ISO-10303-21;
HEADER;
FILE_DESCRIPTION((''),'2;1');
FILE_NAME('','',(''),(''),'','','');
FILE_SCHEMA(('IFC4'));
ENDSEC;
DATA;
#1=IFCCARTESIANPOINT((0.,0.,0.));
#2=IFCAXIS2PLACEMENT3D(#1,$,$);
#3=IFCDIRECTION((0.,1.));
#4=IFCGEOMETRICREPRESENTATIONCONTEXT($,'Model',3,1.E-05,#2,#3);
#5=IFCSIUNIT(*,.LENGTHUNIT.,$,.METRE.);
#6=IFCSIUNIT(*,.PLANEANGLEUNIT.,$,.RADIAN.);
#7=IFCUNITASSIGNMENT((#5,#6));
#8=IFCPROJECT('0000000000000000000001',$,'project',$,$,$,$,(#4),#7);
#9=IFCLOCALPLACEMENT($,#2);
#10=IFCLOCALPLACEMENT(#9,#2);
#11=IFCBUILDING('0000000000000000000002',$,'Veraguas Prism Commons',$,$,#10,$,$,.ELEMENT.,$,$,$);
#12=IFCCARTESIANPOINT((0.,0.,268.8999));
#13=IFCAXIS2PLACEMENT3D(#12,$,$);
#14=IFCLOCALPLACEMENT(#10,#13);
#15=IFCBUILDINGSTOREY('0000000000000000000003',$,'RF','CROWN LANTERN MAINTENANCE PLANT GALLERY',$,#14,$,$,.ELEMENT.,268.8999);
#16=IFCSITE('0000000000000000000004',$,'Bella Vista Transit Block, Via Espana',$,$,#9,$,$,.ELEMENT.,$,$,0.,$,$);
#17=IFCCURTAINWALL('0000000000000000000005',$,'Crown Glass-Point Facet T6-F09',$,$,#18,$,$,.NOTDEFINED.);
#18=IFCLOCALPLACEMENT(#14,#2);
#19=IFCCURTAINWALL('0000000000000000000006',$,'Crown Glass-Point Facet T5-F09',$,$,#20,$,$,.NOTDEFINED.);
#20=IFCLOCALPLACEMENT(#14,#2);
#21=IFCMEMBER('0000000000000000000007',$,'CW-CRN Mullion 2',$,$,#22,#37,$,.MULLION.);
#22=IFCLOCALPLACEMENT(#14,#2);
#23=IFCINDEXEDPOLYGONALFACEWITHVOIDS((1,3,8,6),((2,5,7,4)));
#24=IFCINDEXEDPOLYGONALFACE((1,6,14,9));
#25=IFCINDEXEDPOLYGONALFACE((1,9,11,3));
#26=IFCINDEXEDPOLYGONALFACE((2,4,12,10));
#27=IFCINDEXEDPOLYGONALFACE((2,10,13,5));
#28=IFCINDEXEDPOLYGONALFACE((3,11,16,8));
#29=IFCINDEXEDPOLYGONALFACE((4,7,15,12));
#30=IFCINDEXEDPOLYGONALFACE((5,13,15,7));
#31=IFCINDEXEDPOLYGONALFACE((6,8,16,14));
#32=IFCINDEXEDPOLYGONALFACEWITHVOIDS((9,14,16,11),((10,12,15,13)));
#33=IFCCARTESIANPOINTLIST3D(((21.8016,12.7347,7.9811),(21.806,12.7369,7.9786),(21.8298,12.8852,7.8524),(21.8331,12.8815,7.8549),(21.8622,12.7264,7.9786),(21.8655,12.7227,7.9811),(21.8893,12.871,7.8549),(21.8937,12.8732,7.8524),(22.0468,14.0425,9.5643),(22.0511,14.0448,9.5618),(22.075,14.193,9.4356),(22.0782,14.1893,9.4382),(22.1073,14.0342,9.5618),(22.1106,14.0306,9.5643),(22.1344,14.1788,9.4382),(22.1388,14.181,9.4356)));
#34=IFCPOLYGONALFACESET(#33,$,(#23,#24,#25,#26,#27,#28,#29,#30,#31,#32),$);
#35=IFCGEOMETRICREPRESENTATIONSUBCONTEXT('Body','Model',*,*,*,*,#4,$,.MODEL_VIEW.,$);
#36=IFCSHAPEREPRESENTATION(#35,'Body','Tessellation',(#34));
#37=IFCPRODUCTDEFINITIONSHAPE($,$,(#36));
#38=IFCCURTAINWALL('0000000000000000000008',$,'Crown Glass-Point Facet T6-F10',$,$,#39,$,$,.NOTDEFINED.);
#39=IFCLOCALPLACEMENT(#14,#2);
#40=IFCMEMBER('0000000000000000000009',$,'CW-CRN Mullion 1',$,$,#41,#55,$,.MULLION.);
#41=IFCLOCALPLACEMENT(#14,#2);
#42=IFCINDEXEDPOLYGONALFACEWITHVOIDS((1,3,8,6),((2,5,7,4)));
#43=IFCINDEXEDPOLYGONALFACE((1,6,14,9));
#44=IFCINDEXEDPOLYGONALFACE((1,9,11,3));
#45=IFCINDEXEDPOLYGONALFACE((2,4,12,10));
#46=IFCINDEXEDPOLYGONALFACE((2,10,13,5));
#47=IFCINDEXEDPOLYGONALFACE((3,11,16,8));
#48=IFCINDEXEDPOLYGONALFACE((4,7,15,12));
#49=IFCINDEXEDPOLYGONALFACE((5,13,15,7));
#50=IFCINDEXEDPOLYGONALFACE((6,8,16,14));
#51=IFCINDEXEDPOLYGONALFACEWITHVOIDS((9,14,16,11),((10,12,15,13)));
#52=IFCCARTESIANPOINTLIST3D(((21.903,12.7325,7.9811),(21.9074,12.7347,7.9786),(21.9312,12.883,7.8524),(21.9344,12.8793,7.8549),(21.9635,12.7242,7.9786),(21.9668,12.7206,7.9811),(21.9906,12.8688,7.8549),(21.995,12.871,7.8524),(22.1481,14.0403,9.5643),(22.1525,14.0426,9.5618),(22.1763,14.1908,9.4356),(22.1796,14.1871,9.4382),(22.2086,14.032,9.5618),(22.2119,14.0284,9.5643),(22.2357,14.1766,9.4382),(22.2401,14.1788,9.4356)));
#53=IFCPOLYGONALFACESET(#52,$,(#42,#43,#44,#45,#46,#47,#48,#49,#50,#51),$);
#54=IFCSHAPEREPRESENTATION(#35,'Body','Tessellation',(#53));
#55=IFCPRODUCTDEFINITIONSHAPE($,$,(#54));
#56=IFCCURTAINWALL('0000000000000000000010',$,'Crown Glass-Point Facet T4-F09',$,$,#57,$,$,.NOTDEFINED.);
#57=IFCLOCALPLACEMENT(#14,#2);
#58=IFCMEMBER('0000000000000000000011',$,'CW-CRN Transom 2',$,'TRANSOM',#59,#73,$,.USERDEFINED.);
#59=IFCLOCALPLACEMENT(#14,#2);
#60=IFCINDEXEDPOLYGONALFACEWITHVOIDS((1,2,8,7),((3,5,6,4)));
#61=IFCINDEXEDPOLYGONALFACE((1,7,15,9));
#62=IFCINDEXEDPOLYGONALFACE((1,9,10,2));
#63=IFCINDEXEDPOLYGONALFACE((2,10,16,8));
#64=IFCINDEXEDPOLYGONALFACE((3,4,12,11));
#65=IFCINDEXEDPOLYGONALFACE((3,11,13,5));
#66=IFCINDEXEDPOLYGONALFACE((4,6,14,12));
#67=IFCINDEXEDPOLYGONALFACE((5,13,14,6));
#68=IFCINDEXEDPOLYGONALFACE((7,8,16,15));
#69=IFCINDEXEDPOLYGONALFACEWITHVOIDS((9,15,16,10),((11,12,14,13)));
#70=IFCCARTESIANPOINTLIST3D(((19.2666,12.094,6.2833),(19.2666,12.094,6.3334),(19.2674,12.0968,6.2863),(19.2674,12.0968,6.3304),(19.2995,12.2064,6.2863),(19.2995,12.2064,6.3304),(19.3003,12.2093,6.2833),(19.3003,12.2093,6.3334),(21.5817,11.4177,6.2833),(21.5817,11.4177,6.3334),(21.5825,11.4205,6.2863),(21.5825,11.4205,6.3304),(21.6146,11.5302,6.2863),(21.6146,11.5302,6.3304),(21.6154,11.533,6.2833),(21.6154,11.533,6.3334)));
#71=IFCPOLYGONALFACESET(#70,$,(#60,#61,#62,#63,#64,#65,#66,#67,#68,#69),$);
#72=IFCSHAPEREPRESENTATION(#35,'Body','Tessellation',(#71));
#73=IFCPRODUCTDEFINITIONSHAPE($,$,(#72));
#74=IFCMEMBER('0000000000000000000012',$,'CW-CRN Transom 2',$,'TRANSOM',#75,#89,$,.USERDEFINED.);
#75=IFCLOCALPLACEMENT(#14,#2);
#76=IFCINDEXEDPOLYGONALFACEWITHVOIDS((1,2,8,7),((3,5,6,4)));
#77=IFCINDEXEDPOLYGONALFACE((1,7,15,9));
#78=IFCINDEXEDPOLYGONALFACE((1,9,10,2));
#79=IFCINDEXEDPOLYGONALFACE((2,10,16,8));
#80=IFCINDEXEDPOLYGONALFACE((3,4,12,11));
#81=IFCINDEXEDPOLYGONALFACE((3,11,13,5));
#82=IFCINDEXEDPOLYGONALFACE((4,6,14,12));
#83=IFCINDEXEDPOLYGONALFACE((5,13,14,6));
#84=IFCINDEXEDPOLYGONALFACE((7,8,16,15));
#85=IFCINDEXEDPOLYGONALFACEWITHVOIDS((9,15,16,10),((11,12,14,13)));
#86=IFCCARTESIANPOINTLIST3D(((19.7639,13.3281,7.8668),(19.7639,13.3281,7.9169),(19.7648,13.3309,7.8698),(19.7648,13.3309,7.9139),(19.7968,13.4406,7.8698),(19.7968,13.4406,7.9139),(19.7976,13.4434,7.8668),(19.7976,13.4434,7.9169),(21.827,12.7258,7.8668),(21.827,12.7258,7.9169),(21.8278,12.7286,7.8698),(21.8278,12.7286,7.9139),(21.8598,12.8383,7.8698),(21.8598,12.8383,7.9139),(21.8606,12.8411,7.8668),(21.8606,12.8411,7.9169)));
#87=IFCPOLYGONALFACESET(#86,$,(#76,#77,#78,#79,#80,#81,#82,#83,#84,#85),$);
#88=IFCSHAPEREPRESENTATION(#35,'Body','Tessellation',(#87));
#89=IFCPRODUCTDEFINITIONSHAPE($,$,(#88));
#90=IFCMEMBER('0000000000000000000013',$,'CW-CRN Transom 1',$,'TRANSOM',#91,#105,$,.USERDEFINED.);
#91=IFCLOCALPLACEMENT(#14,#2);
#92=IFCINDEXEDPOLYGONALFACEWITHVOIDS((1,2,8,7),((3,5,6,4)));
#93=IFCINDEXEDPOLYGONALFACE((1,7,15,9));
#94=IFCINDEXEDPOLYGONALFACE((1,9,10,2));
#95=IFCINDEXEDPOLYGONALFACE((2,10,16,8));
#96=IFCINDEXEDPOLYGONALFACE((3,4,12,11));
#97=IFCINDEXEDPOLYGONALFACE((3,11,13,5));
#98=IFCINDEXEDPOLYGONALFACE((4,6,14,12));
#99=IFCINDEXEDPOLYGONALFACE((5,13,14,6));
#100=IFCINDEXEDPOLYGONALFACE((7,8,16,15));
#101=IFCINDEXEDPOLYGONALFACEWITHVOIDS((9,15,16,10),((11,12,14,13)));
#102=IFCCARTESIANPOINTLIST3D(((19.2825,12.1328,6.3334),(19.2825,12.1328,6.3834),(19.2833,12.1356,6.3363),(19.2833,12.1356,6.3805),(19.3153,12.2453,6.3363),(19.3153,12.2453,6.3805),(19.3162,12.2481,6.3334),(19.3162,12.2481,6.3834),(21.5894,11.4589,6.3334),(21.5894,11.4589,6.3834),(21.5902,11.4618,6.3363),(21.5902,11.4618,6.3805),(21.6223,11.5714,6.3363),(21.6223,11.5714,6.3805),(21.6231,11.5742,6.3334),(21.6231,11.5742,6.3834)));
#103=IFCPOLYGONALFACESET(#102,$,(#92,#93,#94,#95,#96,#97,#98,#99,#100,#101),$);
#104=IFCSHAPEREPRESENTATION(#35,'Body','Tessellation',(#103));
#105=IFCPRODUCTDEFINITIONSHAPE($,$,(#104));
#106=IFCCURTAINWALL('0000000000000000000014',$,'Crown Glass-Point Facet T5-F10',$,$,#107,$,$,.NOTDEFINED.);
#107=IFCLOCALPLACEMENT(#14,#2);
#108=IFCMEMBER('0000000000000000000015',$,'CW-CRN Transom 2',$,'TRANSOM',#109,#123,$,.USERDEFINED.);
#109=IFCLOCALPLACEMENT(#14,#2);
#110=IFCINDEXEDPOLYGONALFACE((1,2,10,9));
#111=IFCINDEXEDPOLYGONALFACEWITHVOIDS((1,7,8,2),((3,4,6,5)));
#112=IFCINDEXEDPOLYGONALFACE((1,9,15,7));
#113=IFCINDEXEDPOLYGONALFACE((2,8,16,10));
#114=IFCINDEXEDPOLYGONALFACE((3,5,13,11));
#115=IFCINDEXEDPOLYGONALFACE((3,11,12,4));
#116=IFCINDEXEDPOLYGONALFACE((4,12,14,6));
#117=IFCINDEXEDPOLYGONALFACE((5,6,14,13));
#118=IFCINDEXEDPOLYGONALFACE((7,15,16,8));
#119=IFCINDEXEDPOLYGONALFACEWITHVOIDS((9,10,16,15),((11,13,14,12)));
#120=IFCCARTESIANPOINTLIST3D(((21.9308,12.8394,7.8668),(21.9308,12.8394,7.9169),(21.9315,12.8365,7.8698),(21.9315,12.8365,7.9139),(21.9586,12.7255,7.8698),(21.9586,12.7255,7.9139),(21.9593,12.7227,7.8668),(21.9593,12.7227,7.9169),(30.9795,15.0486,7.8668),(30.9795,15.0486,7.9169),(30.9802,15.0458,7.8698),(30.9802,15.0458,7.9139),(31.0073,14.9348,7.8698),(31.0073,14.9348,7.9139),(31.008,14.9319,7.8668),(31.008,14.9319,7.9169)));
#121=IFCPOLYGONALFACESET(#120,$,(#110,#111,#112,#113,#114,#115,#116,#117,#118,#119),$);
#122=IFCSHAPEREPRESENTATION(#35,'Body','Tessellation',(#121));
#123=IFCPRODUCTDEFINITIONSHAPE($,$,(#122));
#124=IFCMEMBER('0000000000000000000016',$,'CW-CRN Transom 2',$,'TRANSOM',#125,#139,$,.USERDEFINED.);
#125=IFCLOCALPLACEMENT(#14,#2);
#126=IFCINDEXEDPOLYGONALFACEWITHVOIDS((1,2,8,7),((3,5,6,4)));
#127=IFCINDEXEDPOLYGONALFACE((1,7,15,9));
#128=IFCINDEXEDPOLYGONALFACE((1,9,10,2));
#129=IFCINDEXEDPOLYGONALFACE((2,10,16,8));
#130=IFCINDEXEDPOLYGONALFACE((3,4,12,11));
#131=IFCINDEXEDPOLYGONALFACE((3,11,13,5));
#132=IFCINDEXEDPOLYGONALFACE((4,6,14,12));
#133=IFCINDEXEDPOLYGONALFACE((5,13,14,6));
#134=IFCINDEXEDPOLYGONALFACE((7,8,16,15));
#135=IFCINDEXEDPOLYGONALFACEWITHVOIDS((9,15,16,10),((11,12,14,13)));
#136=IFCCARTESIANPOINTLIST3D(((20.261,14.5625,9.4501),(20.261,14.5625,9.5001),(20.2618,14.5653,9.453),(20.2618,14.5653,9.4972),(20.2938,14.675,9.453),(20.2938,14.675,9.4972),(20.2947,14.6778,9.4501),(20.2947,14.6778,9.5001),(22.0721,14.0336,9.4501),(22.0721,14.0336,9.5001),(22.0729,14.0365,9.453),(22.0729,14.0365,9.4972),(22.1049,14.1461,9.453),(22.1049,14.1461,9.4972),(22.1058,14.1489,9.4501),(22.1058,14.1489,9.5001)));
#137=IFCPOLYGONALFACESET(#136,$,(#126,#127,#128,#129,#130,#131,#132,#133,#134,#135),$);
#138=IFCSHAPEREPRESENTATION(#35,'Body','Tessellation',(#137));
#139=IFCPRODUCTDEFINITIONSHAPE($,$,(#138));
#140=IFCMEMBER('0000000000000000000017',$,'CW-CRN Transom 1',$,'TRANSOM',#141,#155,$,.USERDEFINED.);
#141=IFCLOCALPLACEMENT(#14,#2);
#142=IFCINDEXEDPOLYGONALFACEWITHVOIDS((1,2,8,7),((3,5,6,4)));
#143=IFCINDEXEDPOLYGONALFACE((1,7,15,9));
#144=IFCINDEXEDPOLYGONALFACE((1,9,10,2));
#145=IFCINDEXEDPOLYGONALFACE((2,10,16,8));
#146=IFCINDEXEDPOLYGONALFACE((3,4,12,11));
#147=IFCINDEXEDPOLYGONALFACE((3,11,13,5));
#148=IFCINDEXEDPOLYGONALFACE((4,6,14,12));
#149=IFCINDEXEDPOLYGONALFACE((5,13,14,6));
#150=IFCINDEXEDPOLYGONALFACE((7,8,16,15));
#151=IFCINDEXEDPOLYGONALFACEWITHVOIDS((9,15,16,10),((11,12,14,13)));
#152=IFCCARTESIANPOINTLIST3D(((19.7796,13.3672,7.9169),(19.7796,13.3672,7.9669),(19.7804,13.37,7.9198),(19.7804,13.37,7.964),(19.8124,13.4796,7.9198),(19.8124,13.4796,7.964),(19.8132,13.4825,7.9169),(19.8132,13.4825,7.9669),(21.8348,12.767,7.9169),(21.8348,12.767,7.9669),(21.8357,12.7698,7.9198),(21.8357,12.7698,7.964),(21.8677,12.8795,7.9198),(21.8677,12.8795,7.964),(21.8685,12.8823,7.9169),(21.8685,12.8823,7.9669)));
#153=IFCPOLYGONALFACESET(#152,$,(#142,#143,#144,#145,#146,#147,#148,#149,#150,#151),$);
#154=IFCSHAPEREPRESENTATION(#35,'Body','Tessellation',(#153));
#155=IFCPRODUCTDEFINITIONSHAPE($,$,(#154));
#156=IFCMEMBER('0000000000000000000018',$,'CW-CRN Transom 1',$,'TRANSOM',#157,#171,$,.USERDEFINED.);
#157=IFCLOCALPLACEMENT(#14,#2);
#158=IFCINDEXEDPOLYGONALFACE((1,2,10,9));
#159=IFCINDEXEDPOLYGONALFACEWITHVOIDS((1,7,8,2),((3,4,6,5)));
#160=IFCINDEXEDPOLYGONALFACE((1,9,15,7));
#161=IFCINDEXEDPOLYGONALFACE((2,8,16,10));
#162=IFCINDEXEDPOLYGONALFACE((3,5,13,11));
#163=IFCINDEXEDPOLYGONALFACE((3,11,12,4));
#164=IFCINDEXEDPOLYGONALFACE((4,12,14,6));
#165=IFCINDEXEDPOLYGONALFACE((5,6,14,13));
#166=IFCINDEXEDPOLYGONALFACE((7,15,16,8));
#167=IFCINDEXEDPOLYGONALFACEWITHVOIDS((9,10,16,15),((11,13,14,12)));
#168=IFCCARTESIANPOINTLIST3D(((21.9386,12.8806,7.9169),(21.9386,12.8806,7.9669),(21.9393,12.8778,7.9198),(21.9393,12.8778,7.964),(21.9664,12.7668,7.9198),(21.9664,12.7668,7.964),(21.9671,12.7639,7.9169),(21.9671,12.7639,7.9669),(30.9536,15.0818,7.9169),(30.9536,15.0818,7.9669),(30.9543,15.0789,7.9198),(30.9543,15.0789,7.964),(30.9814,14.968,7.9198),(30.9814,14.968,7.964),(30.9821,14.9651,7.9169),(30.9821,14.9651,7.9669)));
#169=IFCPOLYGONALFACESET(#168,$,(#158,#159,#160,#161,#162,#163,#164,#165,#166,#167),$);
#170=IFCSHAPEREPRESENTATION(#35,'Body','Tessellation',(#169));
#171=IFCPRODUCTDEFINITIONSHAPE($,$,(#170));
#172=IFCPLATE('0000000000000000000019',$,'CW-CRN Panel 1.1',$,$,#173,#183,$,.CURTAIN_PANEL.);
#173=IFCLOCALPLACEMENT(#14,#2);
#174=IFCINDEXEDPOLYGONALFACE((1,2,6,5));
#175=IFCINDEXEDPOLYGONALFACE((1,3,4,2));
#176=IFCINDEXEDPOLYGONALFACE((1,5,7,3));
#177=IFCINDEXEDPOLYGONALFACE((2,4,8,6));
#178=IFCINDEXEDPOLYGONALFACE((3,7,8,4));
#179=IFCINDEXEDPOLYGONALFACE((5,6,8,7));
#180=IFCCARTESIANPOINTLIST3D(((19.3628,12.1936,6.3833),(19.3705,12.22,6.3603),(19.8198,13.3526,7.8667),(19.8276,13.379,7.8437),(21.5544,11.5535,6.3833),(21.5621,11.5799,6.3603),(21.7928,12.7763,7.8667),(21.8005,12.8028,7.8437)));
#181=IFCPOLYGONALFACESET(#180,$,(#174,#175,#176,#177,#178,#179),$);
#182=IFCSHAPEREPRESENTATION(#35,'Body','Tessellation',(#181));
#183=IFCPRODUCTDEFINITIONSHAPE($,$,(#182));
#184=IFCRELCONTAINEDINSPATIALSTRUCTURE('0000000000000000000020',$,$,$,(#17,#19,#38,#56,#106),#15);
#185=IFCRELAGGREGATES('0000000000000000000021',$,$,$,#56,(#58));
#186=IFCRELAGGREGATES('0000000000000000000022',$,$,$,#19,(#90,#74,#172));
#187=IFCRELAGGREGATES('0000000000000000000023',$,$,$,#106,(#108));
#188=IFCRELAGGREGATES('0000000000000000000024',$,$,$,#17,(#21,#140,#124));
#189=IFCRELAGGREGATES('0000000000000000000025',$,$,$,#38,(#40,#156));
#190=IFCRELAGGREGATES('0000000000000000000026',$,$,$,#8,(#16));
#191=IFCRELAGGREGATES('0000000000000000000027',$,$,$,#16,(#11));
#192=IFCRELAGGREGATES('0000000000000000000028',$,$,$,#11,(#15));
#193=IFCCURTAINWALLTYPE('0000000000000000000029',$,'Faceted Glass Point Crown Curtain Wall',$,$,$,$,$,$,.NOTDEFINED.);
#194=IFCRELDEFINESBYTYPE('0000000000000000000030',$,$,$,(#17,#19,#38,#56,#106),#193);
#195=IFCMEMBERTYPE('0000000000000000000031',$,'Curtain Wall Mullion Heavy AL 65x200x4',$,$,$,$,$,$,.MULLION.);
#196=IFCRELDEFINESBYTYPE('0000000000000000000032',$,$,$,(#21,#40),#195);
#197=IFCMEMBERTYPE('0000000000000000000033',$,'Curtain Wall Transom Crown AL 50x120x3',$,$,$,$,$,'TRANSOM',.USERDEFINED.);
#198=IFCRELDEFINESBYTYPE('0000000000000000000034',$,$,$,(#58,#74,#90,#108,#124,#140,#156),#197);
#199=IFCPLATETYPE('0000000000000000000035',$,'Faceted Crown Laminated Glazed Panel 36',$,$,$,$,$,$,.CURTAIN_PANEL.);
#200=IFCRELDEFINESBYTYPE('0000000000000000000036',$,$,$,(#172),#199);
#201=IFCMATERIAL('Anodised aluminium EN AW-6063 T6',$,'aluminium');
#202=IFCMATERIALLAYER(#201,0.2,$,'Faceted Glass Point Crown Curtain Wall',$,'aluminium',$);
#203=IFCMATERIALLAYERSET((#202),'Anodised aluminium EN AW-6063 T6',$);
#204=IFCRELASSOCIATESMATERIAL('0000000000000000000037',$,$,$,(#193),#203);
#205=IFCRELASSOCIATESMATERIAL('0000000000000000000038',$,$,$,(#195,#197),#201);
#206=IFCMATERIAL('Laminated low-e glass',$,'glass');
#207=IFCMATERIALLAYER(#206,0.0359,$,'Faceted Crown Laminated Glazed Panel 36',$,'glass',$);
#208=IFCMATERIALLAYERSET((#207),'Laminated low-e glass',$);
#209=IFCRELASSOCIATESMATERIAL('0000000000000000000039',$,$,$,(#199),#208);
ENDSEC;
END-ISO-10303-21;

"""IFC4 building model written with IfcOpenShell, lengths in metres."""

from ifc_helpers import new_model, si_unit, direction, frame, origin, origin_2d, place, context, subcontext, project, spatial, polyline, hollow_rectangle, outline, extrude, source, transform, mapped, material, layer, layer_set, material_profile, profile_set, type_object, element, aggregate, save


model = new_model("IFC4")

# Units and contexts
model_context = context("Model", 3, precision=1e-05, world=origin(), true_north=direction((0.0, 1.0)))
body_context = subcontext(model_context, "Body", "Model", "MODEL_VIEW")
ifc_project = project(units=[si_unit("LENGTHUNIT", "METRE"), si_unit("PLANEANGLEUNIT", "RADIAN")], contexts=[model_context])

# Site, building, storey
site_placement = place(None, origin())
site = spatial("IfcSite", under=ifc_project, at=site_placement, Name="Bella Vista Transit Block, Via Espana", CompositionType="ELEMENT", RefElevation=0.0)
building_placement = place(site_placement, origin())
building = spatial("IfcBuilding", under=site, at=building_placement, Name="Veraguas Prism Commons", CompositionType="ELEMENT")
storey_placement = place(building_placement, frame((0.0, 0.0, 268.8999)))
storey = spatial("IfcBuildingStorey", under=building, at=storey_placement, Name="RF", Description="CROWN LANTERN MAINTENANCE PLANT GALLERY", CompositionType="ELEMENT", Elevation=268.8999)

# Curtain walls
ifc_material_1 = material(Name="Anodised aluminium EN AW-6063 T6", Category="aluminium")
ifc_layer_1 = layer(ifc_material_1, 0.2, Name="Faceted Glass Point Crown Curtain Wall", Category="aluminium")
ifc_layer_set_1 = layer_set([ifc_layer_1], Name="Anodised aluminium EN AW-6063 T6")
curtain_wall_type = type_object("IfcCurtainWallType", Name="Faceted Glass Point Crown Curtain Wall", PredefinedType="NOTDEFINED", material=ifc_layer_set_1)
ifc_material_profile_1 = material_profile(ifc_material_1, hollow_rectangle(XDim=0.0649, YDim=0.2, WallThickness=0.0039, at=origin_2d()), Name="AL65X200X4")
ifc_profile_set_1 = profile_set([ifc_material_profile_1], Name="Anodised aluminium EN AW-6063 T6")
member_type_1 = type_object("IfcMemberType", Name="Curtain Wall Mullion Heavy AL 65x200x4", PredefinedType="MULLION", material=ifc_profile_set_1)
curtain_wall_1_placement = place(storey_placement, origin())
curtain_wall_1 = element("IfcCurtainWall", 1, at=curtain_wall_1_placement, inside=storey, type_object=curtain_wall_type, Name="Crown Glass-Point Facet T6-F09", PredefinedType="NOTDEFINED")
shared_shape_1 = source(origin(), body_context, "Body", "SweptSolid", [
    extrude(hollow_rectangle(XDim=0.0649, YDim=0.2, WallThickness=0.0039, at=origin_2d()), origin(), (0.0, 0.0, 1.0), 2.0681),
])
curtain_wall_2_placement = place(storey_placement, origin())
curtain_wall_2 = element("IfcCurtainWall", 2, at=curtain_wall_2_placement, inside=storey, type_object=curtain_wall_type, Name="Crown Glass-Point Facet T5-F09", PredefinedType="NOTDEFINED")

# Member
member_1_placement = place(storey_placement, frame((21.8477, 12.804, 7.9167), z_axis=(0.11852, 0.63238, 0.765538), x_axis=(-0.982887, 0.184211, 0.0)))
member_1 = element("IfcMember", 3, at=member_1_placement, type_object=member_type_1, Name="CW-CRN Mullion 2", PredefinedType="MULLION", context=body_context, shape_type="MappedRepresentation", body=[
    mapped(shared_shape_1, transform((0.0, 0.0, 0.0), scale=1.0)),
])

# Curtain walls, members
curtain_wall_3_placement = place(storey_placement, origin())
curtain_wall_3 = element("IfcCurtainWall", 4, at=curtain_wall_3_placement, inside=storey, type_object=curtain_wall_type, Name="Crown Glass-Point Facet T6-F10", PredefinedType="NOTDEFINED")
member_2_placement = place(storey_placement, frame((21.949, 12.8018, 7.9167), z_axis=(0.11852, 0.63238, 0.765538), x_axis=(-0.982887, 0.184211, 0.0)))
member_2 = element("IfcMember", 5, at=member_2_placement, type_object=member_type_1, Name="CW-CRN Mullion 1", PredefinedType="MULLION", context=body_context, shape_type="MappedRepresentation", body=[
    mapped(shared_shape_1, transform((0.0, 0.0, 0.0), scale=1.0)),
])
curtain_wall_4_placement = place(storey_placement, origin())
curtain_wall_4 = element("IfcCurtainWall", 6, at=curtain_wall_4_placement, inside=storey, type_object=curtain_wall_type, Name="Crown Glass-Point Facet T4-F09", PredefinedType="NOTDEFINED")
ifc_material_profile_2 = material_profile(ifc_material_1, hollow_rectangle(XDim=0.05, YDim=0.1201, WallThickness=0.0029, at=origin_2d()), Name="AL50X120X3")
ifc_profile_set_2 = profile_set([ifc_material_profile_2], Name="Anodised aluminium EN AW-6063 T6")
member_type_2 = type_object("IfcMemberType", Name="Curtain Wall Transom Crown AL 50x120x3", ElementType="TRANSOM", PredefinedType="USERDEFINED", material=ifc_profile_set_2)
shared_shape_2 = source(origin(), body_context, "Body", "SweptSolid", [
    extrude(hollow_rectangle(XDim=0.05, YDim=0.1201, WallThickness=0.0029, at=origin_2d()), origin(), (0.0, 0.0, 1.0), 2.4119),
])
member_3_placement = place(storey_placement, frame((19.2834, 12.1516, 6.3083), z_axis=(0.959888, -0.280385, 0.0), x_axis=(0.0, 0.0, 1.0)))
member_3 = element("IfcMember", 7, at=member_3_placement, type_object=member_type_2, Name="CW-CRN Transom 2", ObjectType="TRANSOM", PredefinedType="USERDEFINED", context=body_context, shape_type="MappedRepresentation", body=[
    mapped(shared_shape_2, transform((0.0, 0.0, 0.0), scale=1.0)),
])
aggregate(curtain_wall_4, [member_3])

# Members
shared_shape_3 = source(origin(), body_context, "Body", "SweptSolid", [
    extrude(hollow_rectangle(XDim=0.05, YDim=0.1201, WallThickness=0.0029, at=origin_2d()), origin(), (0.0, 0.0, 1.0), 2.1492),
])
member_4_placement = place(storey_placement, frame((19.7808, 13.3857, 7.8918), z_axis=(0.959926, -0.280253, 0.0), x_axis=(0.0, 0.0, 1.0)))
member_4 = element("IfcMember", 8, at=member_4_placement, type_object=member_type_2, Name="CW-CRN Transom 2", ObjectType="TRANSOM", PredefinedType="USERDEFINED", context=body_context, shape_type="MappedRepresentation", body=[
    mapped(shared_shape_3, transform((0.0, 0.0, 0.0), scale=1.0)),
])
shared_shape_4 = source(origin(), body_context, "Body", "SweptSolid", [
    extrude(hollow_rectangle(XDim=0.05, YDim=0.1201, WallThickness=0.0029, at=origin_2d()), origin(), (0.0, 0.0, 1.0), 2.4033),
])
member_5_placement = place(storey_placement, frame((19.2993, 12.1904, 6.3584), z_axis=(0.95989, -0.280378, 0.0), x_axis=(0.0, 0.0, 1.0)))
member_5 = element("IfcMember", 9, at=member_5_placement, type_object=member_type_2, Name="CW-CRN Transom 1", ObjectType="TRANSOM", PredefinedType="USERDEFINED", context=body_context, shape_type="MappedRepresentation", body=[
    mapped(shared_shape_4, transform((0.0, 0.0, 0.0), scale=1.0)),
])

# Curtain wall, member
curtain_wall_5_placement = place(storey_placement, origin())
curtain_wall_5 = element("IfcCurtainWall", 10, at=curtain_wall_5_placement, inside=storey, type_object=curtain_wall_type, Name="Crown Glass-Point Facet T5-F10", PredefinedType="NOTDEFINED")
shared_shape_5 = source(origin(), body_context, "Body", "SweptSolid", [
    extrude(hollow_rectangle(XDim=0.05, YDim=0.1201, WallThickness=0.0029, at=origin_2d()), origin(), (0.0, 0.0, 1.0), 9.3145),
])
member_6_placement = place(storey_placement, frame((21.9451, 12.781, 7.8918), z_axis=(0.971465, 0.237185, 0.0), x_axis=(0.0, 0.0, 1.0)))
member_6 = element("IfcMember", 11, at=member_6_placement, type_object=member_type_2, Name="CW-CRN Transom 2", ObjectType="TRANSOM", PredefinedType="USERDEFINED", context=body_context, shape_type="MappedRepresentation", body=[
    mapped(shared_shape_5, transform((0.0, 0.0, 0.0), scale=1.0)),
])

# Members
shared_shape_6 = source(origin(), body_context, "Body", "SweptSolid", [
    extrude(hollow_rectangle(XDim=0.05, YDim=0.1201, WallThickness=0.0029, at=origin_2d()), origin(), (0.0, 0.0, 1.0), 1.8867),
])
member_7_placement = place(storey_placement, frame((20.2778, 14.6201, 9.4751), z_axis=(0.959916, -0.280288, 0.0), x_axis=(0.0, 0.0, 1.0)))
member_7 = element("IfcMember", 12, at=member_7_placement, type_object=member_type_2, Name="CW-CRN Transom 2", ObjectType="TRANSOM", PredefinedType="USERDEFINED", context=body_context, shape_type="MappedRepresentation", body=[
    mapped(shared_shape_6, transform((0.0, 0.0, 0.0), scale=1.0)),
])
shared_shape_7 = source(origin(), body_context, "Body", "SweptSolid", [
    extrude(hollow_rectangle(XDim=0.05, YDim=0.1201, WallThickness=0.0029, at=origin_2d()), origin(), (0.0, 0.0, 1.0), 2.1411),
])
member_8_placement = place(storey_placement, frame((19.7964, 13.4248, 7.9419), z_axis=(0.959916, -0.280289, 0.0), x_axis=(0.0, 0.0, 1.0)))
member_8 = element("IfcMember", 13, at=member_8_placement, type_object=member_type_2, Name="CW-CRN Transom 1", ObjectType="TRANSOM", PredefinedType="USERDEFINED", context=body_context, shape_type="MappedRepresentation", body=[
    mapped(shared_shape_7, transform((0.0, 0.0, 0.0), scale=1.0)),
])
shared_shape_8 = source(origin(), body_context, "Body", "SweptSolid", [
    extrude(hollow_rectangle(XDim=0.05, YDim=0.1201, WallThickness=0.0029, at=origin_2d()), origin(), (0.0, 0.0, 1.0), 9.2798),
])
member_9_placement = place(storey_placement, frame((21.9529, 12.8223, 7.9419), z_axis=(0.97146, 0.237202, 0.0), x_axis=(0.0, 0.0, 1.0)))
member_9 = element("IfcMember", 14, at=member_9_placement, type_object=member_type_2, Name="CW-CRN Transom 1", ObjectType="TRANSOM", PredefinedType="USERDEFINED", context=body_context, shape_type="MappedRepresentation", body=[
    mapped(shared_shape_8, transform((0.0, 0.0, 0.0), scale=1.0)),
])

# Plate
ifc_material_2 = material(Name="Laminated low-e glass", Category="glass")
ifc_layer_2 = layer(ifc_material_2, 0.0359, Name="Faceted Crown Laminated Glazed Panel 36", Category="glass")
ifc_layer_set_2 = layer_set([ifc_layer_2], Name="Laminated low-e glass")
plate_type_1 = type_object("IfcPlateType", Name="Faceted Crown Laminated Glazed Panel 36", PredefinedType="CURTAIN_PANEL", material=ifc_layer_set_2)
plate_1_placement = place(storey_placement, frame((19.3628, 12.1936, 6.3833), z_axis=(-0.215053, -0.736324, 0.641544), x_axis=(0.959896, -0.280356, -0.000008)))
plate_1 = element("IfcPlate", 15, at=plate_1_placement, type_object=plate_type_1, Name="CW-CRN Panel 1.1", PredefinedType="CURTAIN_PANEL", context=body_context, shape_type="SweptSolid", body=[
    extrude(outline(polyline([(0.0, 0.0), (2.2832, 0.0), (2.1692, 1.9338), (0.1138, 1.9338), (0.0, 0.0)])), origin(), (0.0, 0.0, -1.0), 0.0359),
])
aggregate(curtain_wall_2, [member_5, member_4, plate_1])
aggregate(curtain_wall_5, [member_6])
aggregate(curtain_wall_1, [member_1, member_8, member_7])
aggregate(curtain_wall_3, [member_2, member_9])

save(model, "model.ifc")
